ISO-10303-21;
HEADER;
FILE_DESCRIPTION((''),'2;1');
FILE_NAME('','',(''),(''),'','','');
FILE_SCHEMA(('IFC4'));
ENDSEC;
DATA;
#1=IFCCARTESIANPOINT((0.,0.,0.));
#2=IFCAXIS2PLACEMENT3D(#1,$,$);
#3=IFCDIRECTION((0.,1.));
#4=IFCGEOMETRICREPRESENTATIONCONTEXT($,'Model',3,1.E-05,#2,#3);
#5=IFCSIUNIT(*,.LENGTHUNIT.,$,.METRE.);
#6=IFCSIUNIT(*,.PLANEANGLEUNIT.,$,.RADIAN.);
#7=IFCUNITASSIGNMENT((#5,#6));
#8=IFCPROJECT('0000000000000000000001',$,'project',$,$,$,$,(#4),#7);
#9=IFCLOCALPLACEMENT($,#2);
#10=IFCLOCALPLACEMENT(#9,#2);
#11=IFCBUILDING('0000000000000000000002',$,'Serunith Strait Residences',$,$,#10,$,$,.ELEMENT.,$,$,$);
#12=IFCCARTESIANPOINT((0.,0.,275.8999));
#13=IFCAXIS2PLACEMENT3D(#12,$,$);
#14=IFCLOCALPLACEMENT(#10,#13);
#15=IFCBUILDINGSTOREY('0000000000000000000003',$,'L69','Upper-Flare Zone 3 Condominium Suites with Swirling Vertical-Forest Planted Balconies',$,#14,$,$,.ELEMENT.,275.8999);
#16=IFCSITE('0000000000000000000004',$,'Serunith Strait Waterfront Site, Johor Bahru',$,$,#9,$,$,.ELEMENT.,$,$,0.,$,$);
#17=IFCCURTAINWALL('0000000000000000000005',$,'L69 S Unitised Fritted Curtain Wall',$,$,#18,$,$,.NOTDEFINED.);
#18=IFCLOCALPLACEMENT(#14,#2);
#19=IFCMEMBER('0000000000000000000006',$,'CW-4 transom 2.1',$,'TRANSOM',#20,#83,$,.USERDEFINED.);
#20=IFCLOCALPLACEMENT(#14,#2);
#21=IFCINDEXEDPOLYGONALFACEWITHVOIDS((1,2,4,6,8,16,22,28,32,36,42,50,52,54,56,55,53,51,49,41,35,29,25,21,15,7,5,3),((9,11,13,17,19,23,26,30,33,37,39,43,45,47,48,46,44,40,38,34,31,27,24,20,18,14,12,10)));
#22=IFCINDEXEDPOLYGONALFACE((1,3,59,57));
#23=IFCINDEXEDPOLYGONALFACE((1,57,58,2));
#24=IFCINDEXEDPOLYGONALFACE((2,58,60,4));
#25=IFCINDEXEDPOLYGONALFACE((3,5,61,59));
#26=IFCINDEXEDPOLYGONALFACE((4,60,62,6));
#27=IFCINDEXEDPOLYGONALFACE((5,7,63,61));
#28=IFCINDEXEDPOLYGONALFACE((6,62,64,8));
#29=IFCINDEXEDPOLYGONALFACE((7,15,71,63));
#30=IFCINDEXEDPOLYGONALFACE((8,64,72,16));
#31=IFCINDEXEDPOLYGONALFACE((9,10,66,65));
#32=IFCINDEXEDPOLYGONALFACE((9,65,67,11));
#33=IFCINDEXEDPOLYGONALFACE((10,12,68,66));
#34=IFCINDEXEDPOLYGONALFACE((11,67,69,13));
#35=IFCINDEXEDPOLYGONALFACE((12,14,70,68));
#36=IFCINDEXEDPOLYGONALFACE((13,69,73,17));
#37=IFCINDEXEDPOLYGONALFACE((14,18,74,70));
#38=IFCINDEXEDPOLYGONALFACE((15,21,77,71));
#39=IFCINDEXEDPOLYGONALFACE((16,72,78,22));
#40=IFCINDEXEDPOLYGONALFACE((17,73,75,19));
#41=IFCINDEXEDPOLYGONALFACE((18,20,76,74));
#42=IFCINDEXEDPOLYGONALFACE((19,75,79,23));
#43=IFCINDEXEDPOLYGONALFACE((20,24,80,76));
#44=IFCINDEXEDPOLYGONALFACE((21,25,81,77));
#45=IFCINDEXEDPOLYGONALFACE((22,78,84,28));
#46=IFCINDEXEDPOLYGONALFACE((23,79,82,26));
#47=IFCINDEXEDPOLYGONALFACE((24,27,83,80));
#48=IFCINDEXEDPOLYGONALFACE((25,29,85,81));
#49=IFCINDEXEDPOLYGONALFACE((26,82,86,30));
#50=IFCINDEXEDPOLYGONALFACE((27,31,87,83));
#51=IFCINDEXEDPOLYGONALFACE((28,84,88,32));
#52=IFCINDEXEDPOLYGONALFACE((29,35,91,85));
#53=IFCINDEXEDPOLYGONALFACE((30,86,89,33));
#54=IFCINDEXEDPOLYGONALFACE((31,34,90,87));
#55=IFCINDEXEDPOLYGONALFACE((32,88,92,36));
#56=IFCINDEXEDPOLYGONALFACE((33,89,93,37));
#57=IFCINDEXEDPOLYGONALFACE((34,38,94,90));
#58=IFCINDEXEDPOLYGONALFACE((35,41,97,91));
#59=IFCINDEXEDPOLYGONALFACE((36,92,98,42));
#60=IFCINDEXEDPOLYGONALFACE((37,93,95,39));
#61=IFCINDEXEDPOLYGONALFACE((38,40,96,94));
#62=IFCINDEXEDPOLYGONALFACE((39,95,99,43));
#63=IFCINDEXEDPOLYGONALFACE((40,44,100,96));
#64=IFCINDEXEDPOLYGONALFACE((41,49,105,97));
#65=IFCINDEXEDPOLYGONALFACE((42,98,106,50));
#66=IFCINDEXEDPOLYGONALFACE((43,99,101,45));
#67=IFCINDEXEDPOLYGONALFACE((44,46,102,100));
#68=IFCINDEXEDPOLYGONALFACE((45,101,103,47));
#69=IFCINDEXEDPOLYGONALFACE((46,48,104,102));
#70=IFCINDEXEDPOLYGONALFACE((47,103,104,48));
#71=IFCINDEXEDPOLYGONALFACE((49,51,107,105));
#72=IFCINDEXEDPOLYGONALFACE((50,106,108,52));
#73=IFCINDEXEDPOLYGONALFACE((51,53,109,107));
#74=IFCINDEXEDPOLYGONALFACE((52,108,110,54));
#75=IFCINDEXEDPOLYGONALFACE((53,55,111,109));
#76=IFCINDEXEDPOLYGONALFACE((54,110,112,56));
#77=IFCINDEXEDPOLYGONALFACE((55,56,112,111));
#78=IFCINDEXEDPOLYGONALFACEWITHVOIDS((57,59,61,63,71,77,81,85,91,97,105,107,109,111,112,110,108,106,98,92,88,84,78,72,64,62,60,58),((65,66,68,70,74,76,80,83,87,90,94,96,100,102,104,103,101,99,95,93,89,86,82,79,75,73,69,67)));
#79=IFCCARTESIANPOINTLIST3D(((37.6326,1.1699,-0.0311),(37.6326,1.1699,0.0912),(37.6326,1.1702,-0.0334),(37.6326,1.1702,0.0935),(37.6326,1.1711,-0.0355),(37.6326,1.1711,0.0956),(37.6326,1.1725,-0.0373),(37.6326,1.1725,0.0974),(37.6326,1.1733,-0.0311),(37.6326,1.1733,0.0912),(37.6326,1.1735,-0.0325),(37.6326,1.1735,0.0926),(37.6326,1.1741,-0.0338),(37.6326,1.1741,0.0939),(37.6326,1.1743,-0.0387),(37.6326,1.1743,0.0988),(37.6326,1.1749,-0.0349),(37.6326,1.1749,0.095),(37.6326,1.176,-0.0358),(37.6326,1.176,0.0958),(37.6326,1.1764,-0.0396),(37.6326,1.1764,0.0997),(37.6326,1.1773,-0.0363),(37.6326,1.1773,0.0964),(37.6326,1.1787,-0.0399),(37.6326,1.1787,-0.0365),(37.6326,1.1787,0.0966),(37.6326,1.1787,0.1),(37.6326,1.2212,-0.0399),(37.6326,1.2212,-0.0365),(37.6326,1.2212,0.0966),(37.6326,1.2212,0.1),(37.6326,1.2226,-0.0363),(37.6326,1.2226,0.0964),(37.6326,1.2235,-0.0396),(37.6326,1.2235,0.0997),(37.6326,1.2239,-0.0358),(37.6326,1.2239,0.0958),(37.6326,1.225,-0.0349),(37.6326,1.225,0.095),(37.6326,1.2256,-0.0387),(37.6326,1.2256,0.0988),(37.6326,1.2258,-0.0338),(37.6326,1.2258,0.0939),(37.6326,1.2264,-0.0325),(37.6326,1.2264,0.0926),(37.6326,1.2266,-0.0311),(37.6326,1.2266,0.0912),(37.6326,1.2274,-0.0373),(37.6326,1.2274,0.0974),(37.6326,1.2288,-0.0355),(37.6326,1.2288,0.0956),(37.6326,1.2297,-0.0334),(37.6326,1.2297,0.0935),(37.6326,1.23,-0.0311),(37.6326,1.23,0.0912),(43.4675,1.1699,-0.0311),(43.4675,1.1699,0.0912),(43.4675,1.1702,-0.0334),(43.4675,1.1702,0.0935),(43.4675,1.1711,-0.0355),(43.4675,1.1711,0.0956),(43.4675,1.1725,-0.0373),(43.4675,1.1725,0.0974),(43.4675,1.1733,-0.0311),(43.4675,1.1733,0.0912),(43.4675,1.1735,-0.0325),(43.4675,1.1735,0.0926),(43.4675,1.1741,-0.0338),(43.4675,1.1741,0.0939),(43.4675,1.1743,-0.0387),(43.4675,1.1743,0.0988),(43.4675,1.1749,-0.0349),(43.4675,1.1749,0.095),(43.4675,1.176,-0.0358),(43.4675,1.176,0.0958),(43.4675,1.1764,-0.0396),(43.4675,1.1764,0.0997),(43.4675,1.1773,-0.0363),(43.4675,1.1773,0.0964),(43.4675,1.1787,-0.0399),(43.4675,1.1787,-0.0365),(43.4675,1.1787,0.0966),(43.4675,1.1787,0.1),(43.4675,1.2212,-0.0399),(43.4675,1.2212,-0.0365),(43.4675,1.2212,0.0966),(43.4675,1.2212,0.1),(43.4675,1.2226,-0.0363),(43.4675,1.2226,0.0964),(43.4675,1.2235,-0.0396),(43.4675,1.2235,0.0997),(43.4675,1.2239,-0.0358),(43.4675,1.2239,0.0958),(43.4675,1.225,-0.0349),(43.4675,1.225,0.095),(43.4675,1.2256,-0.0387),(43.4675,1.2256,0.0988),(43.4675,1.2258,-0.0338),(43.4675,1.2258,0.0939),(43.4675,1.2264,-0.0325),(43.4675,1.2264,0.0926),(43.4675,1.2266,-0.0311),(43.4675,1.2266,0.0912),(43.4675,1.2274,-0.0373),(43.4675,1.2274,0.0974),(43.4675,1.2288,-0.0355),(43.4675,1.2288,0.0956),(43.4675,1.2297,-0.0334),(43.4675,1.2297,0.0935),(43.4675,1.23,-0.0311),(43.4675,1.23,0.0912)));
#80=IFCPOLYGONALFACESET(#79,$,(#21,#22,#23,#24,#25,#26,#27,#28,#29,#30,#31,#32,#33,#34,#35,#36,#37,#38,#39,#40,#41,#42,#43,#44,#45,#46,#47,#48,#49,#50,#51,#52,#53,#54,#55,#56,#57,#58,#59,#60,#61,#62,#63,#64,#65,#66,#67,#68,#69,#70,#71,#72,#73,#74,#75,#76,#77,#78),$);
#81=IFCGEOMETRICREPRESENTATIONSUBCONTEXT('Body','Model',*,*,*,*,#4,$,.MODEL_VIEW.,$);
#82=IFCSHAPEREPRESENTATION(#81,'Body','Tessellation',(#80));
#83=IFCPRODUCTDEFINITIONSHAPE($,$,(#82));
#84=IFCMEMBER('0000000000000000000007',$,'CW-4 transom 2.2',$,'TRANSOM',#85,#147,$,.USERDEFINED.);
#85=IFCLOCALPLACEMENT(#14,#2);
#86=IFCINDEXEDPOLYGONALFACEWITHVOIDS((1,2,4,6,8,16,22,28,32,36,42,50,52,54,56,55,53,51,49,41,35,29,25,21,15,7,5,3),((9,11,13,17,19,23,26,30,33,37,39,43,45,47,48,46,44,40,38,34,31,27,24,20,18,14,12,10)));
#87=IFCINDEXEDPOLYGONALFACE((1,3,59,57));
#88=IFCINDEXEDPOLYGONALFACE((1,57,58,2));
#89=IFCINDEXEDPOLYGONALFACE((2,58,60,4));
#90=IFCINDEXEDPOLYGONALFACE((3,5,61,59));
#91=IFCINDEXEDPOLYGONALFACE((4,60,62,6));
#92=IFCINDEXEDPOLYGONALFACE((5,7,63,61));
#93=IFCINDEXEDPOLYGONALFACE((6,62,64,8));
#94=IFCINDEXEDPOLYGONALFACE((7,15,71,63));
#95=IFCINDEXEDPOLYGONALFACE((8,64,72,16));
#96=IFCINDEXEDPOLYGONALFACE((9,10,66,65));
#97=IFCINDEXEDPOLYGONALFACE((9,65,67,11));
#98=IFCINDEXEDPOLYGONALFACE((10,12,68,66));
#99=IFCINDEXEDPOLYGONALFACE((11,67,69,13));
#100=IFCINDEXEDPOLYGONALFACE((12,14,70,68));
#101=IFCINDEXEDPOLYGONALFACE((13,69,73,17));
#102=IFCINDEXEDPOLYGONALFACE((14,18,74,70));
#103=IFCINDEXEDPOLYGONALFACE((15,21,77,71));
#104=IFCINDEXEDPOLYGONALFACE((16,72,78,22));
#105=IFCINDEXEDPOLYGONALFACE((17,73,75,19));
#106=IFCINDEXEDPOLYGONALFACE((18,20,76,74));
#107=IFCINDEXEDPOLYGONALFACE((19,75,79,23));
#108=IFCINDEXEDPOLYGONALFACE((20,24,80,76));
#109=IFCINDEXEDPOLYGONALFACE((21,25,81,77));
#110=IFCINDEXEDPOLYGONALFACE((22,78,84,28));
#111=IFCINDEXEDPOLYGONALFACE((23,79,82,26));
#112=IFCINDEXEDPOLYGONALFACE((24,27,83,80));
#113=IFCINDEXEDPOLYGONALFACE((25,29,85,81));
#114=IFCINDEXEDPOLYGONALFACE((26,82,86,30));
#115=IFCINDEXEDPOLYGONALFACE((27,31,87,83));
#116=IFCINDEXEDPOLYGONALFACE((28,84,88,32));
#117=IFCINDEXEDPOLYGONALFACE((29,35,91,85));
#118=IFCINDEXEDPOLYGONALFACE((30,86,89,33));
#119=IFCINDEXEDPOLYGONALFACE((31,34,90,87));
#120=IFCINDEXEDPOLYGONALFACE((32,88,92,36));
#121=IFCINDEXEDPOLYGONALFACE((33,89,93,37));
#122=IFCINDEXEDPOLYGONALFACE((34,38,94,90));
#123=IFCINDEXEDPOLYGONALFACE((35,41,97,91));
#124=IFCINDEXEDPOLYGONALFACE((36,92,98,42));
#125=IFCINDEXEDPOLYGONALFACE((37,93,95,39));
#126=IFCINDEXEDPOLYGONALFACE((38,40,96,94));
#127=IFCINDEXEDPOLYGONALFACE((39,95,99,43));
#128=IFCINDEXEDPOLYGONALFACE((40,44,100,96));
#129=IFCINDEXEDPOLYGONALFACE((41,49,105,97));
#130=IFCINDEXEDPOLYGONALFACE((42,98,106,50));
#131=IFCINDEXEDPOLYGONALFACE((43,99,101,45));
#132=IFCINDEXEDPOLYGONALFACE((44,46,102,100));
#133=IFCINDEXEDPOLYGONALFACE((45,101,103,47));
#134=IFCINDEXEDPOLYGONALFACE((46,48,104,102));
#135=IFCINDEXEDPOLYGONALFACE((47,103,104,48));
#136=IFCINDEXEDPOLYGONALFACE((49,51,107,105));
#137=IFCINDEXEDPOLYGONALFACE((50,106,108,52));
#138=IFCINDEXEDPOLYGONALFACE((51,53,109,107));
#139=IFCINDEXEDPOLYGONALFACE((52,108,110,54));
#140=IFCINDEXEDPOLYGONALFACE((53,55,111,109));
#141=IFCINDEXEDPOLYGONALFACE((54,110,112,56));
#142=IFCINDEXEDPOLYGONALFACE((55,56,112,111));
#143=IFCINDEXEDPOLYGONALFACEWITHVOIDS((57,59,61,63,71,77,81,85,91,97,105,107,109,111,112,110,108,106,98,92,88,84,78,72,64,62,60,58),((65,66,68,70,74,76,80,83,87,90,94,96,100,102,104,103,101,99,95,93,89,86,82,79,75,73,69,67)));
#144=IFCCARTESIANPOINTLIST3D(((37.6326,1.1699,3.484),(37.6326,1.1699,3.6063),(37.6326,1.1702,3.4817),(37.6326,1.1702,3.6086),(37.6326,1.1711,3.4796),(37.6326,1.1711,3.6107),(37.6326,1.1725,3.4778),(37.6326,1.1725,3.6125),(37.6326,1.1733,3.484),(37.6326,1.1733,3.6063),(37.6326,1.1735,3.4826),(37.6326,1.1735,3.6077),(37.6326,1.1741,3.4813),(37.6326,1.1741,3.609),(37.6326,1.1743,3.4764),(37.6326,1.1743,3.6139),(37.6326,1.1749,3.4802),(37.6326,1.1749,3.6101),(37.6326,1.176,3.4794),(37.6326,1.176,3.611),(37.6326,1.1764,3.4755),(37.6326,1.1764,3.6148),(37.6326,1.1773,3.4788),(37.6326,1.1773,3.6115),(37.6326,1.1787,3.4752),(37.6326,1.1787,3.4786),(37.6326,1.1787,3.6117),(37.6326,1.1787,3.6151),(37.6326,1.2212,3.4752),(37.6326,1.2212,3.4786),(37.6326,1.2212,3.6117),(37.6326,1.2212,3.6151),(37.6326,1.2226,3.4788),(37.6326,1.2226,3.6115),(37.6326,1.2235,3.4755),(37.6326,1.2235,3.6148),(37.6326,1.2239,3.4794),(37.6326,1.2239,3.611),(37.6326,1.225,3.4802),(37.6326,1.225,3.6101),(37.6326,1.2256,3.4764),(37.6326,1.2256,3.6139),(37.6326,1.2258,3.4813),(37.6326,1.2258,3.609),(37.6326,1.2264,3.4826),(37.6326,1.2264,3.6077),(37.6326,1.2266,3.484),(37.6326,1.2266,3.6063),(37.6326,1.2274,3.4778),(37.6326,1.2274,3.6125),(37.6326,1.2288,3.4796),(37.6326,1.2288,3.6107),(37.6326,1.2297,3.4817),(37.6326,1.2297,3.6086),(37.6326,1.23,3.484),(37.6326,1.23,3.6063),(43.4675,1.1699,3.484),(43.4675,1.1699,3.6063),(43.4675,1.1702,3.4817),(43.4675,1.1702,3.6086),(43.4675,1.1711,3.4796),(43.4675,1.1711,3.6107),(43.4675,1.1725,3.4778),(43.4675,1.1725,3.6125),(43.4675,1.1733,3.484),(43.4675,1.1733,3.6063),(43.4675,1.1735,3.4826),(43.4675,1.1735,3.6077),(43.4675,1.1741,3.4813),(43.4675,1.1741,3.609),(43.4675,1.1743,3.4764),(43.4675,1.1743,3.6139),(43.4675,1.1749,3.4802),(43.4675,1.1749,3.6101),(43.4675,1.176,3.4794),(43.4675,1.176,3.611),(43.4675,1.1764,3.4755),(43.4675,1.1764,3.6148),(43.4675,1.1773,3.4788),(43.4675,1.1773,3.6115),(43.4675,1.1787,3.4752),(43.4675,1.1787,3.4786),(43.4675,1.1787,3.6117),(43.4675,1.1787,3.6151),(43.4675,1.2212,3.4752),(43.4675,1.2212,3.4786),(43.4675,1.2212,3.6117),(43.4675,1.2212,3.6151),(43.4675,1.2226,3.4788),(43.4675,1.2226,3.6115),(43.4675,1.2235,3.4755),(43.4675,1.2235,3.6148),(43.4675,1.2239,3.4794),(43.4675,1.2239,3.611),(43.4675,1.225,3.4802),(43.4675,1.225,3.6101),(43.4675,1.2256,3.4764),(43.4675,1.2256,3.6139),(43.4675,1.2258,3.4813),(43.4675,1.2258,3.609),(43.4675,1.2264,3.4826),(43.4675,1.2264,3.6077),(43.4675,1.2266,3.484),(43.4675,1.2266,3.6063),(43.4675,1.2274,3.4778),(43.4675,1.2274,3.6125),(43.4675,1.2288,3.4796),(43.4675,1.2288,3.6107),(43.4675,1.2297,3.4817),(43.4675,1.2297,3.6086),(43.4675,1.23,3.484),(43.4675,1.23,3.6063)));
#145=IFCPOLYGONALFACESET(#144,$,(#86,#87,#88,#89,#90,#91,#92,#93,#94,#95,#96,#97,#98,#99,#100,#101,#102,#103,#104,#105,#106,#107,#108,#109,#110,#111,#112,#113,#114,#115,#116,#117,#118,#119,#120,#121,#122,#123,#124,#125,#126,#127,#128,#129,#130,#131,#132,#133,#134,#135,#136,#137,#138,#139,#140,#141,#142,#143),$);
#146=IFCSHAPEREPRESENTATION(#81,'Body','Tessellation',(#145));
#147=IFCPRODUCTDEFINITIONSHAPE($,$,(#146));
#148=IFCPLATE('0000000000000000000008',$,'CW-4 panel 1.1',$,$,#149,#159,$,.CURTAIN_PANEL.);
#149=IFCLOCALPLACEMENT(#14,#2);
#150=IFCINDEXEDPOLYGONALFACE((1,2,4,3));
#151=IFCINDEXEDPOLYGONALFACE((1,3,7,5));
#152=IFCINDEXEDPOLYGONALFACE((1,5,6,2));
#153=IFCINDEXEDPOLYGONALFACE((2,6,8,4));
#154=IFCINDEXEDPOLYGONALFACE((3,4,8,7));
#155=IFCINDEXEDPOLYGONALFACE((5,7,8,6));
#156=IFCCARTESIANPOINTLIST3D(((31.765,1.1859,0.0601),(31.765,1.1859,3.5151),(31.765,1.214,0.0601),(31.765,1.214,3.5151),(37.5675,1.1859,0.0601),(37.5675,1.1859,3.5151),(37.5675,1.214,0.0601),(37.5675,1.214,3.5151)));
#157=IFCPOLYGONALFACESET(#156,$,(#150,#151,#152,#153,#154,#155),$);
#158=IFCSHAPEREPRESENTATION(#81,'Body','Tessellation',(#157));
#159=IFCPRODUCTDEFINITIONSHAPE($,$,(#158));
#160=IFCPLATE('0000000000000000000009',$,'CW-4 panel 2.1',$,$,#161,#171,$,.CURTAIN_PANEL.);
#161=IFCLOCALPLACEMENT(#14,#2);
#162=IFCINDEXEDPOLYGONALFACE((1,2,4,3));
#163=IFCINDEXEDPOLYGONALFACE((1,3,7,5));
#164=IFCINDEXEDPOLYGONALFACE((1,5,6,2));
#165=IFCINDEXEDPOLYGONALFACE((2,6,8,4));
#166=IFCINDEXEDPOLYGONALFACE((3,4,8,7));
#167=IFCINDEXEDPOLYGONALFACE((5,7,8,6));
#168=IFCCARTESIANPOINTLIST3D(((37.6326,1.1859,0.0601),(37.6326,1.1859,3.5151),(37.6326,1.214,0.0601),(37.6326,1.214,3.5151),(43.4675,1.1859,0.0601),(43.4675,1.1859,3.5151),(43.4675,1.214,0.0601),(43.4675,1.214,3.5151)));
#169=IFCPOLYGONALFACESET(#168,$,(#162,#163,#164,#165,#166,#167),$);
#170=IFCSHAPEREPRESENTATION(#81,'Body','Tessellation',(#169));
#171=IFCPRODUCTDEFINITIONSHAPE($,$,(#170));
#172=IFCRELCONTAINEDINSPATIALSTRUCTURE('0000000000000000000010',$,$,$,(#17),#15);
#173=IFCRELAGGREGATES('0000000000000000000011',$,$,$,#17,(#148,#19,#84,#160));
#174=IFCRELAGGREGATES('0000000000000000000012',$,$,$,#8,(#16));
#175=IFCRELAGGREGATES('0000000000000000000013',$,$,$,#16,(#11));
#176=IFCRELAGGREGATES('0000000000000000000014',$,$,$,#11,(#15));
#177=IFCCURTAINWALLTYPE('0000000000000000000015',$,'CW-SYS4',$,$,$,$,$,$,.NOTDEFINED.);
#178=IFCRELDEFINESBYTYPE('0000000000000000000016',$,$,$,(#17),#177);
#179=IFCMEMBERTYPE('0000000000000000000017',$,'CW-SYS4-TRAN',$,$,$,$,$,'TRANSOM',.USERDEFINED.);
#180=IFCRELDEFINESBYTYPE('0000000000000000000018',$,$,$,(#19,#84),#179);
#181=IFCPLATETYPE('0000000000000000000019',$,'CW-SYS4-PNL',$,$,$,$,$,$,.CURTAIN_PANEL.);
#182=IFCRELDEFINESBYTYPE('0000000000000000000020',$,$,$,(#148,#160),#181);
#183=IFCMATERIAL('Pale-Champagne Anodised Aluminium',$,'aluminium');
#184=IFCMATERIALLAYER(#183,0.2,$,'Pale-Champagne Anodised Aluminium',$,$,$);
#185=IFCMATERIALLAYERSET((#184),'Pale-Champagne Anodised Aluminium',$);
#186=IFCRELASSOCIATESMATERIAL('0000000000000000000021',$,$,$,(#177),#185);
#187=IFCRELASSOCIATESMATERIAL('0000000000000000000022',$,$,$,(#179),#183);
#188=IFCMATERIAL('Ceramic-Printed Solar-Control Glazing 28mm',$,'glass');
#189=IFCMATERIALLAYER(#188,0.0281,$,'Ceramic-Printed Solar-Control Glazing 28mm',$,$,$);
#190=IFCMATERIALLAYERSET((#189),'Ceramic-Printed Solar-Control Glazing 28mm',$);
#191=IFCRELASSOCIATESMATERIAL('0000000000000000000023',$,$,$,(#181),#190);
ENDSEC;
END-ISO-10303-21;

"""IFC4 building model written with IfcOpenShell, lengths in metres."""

from ifc_helpers import new_model, si_unit, direction, frame, origin, origin_2d, place, context, subcontext, project, spatial, rectangle, hollow_rectangle, extrude, source, transform, mapped, material, layer, layer_set, material_profile, profile_set, type_object, element, aggregate, save


model = new_model("IFC4")

# Units and contexts
model_context = context("Model", 3, precision=1e-05, world=origin(), true_north=direction((0.0, 1.0)))
body_context = subcontext(model_context, "Body", "Model", "MODEL_VIEW")
ifc_project = project(units=[si_unit("LENGTHUNIT", "METRE"), si_unit("PLANEANGLEUNIT", "RADIAN")], contexts=[model_context])

# Site, building, storey
site_placement = place(None, origin())
site = spatial("IfcSite", under=ifc_project, at=site_placement, Name="Serunith Strait Waterfront Site, Johor Bahru", CompositionType="ELEMENT", RefElevation=0.0)
building_placement = place(site_placement, origin())
building = spatial("IfcBuilding", under=site, at=building_placement, Name="Serunith Strait Residences", CompositionType="ELEMENT")
storey_placement = place(building_placement, frame((0.0, 0.0, 275.8999)))
storey = spatial("IfcBuildingStorey", under=building, at=storey_placement, Name="L69", Description="Upper-Flare Zone 3 Condominium Suites with Swirling Vertical-Forest Planted Balconies", CompositionType="ELEMENT", Elevation=275.8999)

# Curtain wall, members, plates
ifc_material_1 = material(Name="Pale-Champagne Anodised Aluminium", Category="aluminium")
ifc_layer_1 = layer(ifc_material_1, 0.2, Name="Pale-Champagne Anodised Aluminium")
ifc_layer_set_1 = layer_set([ifc_layer_1], Name="Pale-Champagne Anodised Aluminium")
curtain_wall_type = type_object("IfcCurtainWallType", Name="CW-SYS4", PredefinedType="NOTDEFINED", material=ifc_layer_set_1)
curtain_wall_placement = place(storey_placement, origin())
curtain_wall = element("IfcCurtainWall", 1, at=curtain_wall_placement, inside=storey, type_object=curtain_wall_type, Name="L69 S Unitised Fritted Curtain Wall", PredefinedType="NOTDEFINED")
ifc_material_profile_1 = material_profile(ifc_material_1, hollow_rectangle(XDim=0.0601, YDim=0.1399, WallThickness=0.0034, InnerFilletRadius=0.0054, OuterFilletRadius=0.0088, at=origin_2d()), Name="ALU 140x60x3.5")
ifc_profile_set_1 = profile_set([ifc_material_profile_1], Name="Pale-Champagne Anodised Aluminium")
member_type_1 = type_object("IfcMemberType", Name="CW-SYS4-TRAN", ElementType="TRANSOM", PredefinedType="USERDEFINED", material=ifc_profile_set_1)
shared_shape_1 = source(origin(), body_context, "Body", "SweptSolid", [
    extrude(hollow_rectangle(XDim=0.0601, YDim=0.1399, WallThickness=0.0034, InnerFilletRadius=0.0054, OuterFilletRadius=0.0088, at=origin_2d()), origin(), (0.0, 0.0, 1.0), 5.835),
])
member_1_placement = place(storey_placement, frame((37.6326, 1.2, 0.03), z_axis=(1.0, 0.0, 0.0), x_axis=(0.0, 1.0, 0.0)))
member_1 = element("IfcMember", 2, at=member_1_placement, type_object=member_type_1, Name="CW-4 transom 2.1", ObjectType="TRANSOM", PredefinedType="USERDEFINED", context=body_context, shape_type="MappedRepresentation", body=[
    mapped(shared_shape_1, transform((0.0, 0.0, 0.0), scale=1.0)),
])
member_2_placement = place(storey_placement, frame((37.6326, 1.2, 3.5452), z_axis=(1.0, 0.0, 0.0), x_axis=(0.0, 1.0, 0.0)))
member_2 = element("IfcMember", 3, at=member_2_placement, type_object=member_type_1, Name="CW-4 transom 2.2", ObjectType="TRANSOM", PredefinedType="USERDEFINED", context=body_context, shape_type="MappedRepresentation", body=[
    mapped(shared_shape_1, transform((0.0, 0.0, 0.0), scale=1.0)),
])
ifc_material_2 = material(Name="Ceramic-Printed Solar-Control Glazing 28mm", Category="glass")
ifc_layer_2 = layer(ifc_material_2, 0.0281, Name="Ceramic-Printed Solar-Control Glazing 28mm")
ifc_layer_set_2 = layer_set([ifc_layer_2], Name="Ceramic-Printed Solar-Control Glazing 28mm")
plate_type = type_object("IfcPlateType", Name="CW-SYS4-PNL", PredefinedType="CURTAIN_PANEL", material=ifc_layer_set_2)
shared_shape_2 = source(origin(), body_context, "Body", "SweptSolid", [
    extrude(rectangle(XDim=5.8025, YDim=0.0281, at=origin_2d()), origin(), (0.0, 0.0, 1.0), 3.4551),
])
plate_1_placement = place(storey_placement, frame((34.6663, 1.2, 0.0601), z_axis=(0.0, 0.0, 1.0), x_axis=(1.0, 0.0, 0.0)))
plate_1 = element("IfcPlate", 4, at=plate_1_placement, type_object=plate_type, Name="CW-4 panel 1.1", PredefinedType="CURTAIN_PANEL", context=body_context, shape_type="MappedRepresentation", body=[
    mapped(shared_shape_2, transform((0.0, 0.0, 0.0), scale=1.0)),
])
shared_shape_3 = source(origin(), body_context, "Body", "SweptSolid", [
    extrude(rectangle(XDim=5.835, YDim=0.0281, at=origin_2d()), origin(), (0.0, 0.0, 1.0), 3.4551),
])
plate_2_placement = place(storey_placement, frame((40.55, 1.2, 0.0601), z_axis=(0.0, 0.0, 1.0), x_axis=(1.0, 0.0, 0.0)))
plate_2 = element("IfcPlate", 5, at=plate_2_placement, type_object=plate_type, Name="CW-4 panel 2.1", PredefinedType="CURTAIN_PANEL", context=body_context, shape_type="MappedRepresentation", body=[
    mapped(shared_shape_3, transform((0.0, 0.0, 0.0), scale=1.0)),
])
aggregate(curtain_wall, [plate_1, member_1, member_2, plate_2])

save(model, "model.ifc")
